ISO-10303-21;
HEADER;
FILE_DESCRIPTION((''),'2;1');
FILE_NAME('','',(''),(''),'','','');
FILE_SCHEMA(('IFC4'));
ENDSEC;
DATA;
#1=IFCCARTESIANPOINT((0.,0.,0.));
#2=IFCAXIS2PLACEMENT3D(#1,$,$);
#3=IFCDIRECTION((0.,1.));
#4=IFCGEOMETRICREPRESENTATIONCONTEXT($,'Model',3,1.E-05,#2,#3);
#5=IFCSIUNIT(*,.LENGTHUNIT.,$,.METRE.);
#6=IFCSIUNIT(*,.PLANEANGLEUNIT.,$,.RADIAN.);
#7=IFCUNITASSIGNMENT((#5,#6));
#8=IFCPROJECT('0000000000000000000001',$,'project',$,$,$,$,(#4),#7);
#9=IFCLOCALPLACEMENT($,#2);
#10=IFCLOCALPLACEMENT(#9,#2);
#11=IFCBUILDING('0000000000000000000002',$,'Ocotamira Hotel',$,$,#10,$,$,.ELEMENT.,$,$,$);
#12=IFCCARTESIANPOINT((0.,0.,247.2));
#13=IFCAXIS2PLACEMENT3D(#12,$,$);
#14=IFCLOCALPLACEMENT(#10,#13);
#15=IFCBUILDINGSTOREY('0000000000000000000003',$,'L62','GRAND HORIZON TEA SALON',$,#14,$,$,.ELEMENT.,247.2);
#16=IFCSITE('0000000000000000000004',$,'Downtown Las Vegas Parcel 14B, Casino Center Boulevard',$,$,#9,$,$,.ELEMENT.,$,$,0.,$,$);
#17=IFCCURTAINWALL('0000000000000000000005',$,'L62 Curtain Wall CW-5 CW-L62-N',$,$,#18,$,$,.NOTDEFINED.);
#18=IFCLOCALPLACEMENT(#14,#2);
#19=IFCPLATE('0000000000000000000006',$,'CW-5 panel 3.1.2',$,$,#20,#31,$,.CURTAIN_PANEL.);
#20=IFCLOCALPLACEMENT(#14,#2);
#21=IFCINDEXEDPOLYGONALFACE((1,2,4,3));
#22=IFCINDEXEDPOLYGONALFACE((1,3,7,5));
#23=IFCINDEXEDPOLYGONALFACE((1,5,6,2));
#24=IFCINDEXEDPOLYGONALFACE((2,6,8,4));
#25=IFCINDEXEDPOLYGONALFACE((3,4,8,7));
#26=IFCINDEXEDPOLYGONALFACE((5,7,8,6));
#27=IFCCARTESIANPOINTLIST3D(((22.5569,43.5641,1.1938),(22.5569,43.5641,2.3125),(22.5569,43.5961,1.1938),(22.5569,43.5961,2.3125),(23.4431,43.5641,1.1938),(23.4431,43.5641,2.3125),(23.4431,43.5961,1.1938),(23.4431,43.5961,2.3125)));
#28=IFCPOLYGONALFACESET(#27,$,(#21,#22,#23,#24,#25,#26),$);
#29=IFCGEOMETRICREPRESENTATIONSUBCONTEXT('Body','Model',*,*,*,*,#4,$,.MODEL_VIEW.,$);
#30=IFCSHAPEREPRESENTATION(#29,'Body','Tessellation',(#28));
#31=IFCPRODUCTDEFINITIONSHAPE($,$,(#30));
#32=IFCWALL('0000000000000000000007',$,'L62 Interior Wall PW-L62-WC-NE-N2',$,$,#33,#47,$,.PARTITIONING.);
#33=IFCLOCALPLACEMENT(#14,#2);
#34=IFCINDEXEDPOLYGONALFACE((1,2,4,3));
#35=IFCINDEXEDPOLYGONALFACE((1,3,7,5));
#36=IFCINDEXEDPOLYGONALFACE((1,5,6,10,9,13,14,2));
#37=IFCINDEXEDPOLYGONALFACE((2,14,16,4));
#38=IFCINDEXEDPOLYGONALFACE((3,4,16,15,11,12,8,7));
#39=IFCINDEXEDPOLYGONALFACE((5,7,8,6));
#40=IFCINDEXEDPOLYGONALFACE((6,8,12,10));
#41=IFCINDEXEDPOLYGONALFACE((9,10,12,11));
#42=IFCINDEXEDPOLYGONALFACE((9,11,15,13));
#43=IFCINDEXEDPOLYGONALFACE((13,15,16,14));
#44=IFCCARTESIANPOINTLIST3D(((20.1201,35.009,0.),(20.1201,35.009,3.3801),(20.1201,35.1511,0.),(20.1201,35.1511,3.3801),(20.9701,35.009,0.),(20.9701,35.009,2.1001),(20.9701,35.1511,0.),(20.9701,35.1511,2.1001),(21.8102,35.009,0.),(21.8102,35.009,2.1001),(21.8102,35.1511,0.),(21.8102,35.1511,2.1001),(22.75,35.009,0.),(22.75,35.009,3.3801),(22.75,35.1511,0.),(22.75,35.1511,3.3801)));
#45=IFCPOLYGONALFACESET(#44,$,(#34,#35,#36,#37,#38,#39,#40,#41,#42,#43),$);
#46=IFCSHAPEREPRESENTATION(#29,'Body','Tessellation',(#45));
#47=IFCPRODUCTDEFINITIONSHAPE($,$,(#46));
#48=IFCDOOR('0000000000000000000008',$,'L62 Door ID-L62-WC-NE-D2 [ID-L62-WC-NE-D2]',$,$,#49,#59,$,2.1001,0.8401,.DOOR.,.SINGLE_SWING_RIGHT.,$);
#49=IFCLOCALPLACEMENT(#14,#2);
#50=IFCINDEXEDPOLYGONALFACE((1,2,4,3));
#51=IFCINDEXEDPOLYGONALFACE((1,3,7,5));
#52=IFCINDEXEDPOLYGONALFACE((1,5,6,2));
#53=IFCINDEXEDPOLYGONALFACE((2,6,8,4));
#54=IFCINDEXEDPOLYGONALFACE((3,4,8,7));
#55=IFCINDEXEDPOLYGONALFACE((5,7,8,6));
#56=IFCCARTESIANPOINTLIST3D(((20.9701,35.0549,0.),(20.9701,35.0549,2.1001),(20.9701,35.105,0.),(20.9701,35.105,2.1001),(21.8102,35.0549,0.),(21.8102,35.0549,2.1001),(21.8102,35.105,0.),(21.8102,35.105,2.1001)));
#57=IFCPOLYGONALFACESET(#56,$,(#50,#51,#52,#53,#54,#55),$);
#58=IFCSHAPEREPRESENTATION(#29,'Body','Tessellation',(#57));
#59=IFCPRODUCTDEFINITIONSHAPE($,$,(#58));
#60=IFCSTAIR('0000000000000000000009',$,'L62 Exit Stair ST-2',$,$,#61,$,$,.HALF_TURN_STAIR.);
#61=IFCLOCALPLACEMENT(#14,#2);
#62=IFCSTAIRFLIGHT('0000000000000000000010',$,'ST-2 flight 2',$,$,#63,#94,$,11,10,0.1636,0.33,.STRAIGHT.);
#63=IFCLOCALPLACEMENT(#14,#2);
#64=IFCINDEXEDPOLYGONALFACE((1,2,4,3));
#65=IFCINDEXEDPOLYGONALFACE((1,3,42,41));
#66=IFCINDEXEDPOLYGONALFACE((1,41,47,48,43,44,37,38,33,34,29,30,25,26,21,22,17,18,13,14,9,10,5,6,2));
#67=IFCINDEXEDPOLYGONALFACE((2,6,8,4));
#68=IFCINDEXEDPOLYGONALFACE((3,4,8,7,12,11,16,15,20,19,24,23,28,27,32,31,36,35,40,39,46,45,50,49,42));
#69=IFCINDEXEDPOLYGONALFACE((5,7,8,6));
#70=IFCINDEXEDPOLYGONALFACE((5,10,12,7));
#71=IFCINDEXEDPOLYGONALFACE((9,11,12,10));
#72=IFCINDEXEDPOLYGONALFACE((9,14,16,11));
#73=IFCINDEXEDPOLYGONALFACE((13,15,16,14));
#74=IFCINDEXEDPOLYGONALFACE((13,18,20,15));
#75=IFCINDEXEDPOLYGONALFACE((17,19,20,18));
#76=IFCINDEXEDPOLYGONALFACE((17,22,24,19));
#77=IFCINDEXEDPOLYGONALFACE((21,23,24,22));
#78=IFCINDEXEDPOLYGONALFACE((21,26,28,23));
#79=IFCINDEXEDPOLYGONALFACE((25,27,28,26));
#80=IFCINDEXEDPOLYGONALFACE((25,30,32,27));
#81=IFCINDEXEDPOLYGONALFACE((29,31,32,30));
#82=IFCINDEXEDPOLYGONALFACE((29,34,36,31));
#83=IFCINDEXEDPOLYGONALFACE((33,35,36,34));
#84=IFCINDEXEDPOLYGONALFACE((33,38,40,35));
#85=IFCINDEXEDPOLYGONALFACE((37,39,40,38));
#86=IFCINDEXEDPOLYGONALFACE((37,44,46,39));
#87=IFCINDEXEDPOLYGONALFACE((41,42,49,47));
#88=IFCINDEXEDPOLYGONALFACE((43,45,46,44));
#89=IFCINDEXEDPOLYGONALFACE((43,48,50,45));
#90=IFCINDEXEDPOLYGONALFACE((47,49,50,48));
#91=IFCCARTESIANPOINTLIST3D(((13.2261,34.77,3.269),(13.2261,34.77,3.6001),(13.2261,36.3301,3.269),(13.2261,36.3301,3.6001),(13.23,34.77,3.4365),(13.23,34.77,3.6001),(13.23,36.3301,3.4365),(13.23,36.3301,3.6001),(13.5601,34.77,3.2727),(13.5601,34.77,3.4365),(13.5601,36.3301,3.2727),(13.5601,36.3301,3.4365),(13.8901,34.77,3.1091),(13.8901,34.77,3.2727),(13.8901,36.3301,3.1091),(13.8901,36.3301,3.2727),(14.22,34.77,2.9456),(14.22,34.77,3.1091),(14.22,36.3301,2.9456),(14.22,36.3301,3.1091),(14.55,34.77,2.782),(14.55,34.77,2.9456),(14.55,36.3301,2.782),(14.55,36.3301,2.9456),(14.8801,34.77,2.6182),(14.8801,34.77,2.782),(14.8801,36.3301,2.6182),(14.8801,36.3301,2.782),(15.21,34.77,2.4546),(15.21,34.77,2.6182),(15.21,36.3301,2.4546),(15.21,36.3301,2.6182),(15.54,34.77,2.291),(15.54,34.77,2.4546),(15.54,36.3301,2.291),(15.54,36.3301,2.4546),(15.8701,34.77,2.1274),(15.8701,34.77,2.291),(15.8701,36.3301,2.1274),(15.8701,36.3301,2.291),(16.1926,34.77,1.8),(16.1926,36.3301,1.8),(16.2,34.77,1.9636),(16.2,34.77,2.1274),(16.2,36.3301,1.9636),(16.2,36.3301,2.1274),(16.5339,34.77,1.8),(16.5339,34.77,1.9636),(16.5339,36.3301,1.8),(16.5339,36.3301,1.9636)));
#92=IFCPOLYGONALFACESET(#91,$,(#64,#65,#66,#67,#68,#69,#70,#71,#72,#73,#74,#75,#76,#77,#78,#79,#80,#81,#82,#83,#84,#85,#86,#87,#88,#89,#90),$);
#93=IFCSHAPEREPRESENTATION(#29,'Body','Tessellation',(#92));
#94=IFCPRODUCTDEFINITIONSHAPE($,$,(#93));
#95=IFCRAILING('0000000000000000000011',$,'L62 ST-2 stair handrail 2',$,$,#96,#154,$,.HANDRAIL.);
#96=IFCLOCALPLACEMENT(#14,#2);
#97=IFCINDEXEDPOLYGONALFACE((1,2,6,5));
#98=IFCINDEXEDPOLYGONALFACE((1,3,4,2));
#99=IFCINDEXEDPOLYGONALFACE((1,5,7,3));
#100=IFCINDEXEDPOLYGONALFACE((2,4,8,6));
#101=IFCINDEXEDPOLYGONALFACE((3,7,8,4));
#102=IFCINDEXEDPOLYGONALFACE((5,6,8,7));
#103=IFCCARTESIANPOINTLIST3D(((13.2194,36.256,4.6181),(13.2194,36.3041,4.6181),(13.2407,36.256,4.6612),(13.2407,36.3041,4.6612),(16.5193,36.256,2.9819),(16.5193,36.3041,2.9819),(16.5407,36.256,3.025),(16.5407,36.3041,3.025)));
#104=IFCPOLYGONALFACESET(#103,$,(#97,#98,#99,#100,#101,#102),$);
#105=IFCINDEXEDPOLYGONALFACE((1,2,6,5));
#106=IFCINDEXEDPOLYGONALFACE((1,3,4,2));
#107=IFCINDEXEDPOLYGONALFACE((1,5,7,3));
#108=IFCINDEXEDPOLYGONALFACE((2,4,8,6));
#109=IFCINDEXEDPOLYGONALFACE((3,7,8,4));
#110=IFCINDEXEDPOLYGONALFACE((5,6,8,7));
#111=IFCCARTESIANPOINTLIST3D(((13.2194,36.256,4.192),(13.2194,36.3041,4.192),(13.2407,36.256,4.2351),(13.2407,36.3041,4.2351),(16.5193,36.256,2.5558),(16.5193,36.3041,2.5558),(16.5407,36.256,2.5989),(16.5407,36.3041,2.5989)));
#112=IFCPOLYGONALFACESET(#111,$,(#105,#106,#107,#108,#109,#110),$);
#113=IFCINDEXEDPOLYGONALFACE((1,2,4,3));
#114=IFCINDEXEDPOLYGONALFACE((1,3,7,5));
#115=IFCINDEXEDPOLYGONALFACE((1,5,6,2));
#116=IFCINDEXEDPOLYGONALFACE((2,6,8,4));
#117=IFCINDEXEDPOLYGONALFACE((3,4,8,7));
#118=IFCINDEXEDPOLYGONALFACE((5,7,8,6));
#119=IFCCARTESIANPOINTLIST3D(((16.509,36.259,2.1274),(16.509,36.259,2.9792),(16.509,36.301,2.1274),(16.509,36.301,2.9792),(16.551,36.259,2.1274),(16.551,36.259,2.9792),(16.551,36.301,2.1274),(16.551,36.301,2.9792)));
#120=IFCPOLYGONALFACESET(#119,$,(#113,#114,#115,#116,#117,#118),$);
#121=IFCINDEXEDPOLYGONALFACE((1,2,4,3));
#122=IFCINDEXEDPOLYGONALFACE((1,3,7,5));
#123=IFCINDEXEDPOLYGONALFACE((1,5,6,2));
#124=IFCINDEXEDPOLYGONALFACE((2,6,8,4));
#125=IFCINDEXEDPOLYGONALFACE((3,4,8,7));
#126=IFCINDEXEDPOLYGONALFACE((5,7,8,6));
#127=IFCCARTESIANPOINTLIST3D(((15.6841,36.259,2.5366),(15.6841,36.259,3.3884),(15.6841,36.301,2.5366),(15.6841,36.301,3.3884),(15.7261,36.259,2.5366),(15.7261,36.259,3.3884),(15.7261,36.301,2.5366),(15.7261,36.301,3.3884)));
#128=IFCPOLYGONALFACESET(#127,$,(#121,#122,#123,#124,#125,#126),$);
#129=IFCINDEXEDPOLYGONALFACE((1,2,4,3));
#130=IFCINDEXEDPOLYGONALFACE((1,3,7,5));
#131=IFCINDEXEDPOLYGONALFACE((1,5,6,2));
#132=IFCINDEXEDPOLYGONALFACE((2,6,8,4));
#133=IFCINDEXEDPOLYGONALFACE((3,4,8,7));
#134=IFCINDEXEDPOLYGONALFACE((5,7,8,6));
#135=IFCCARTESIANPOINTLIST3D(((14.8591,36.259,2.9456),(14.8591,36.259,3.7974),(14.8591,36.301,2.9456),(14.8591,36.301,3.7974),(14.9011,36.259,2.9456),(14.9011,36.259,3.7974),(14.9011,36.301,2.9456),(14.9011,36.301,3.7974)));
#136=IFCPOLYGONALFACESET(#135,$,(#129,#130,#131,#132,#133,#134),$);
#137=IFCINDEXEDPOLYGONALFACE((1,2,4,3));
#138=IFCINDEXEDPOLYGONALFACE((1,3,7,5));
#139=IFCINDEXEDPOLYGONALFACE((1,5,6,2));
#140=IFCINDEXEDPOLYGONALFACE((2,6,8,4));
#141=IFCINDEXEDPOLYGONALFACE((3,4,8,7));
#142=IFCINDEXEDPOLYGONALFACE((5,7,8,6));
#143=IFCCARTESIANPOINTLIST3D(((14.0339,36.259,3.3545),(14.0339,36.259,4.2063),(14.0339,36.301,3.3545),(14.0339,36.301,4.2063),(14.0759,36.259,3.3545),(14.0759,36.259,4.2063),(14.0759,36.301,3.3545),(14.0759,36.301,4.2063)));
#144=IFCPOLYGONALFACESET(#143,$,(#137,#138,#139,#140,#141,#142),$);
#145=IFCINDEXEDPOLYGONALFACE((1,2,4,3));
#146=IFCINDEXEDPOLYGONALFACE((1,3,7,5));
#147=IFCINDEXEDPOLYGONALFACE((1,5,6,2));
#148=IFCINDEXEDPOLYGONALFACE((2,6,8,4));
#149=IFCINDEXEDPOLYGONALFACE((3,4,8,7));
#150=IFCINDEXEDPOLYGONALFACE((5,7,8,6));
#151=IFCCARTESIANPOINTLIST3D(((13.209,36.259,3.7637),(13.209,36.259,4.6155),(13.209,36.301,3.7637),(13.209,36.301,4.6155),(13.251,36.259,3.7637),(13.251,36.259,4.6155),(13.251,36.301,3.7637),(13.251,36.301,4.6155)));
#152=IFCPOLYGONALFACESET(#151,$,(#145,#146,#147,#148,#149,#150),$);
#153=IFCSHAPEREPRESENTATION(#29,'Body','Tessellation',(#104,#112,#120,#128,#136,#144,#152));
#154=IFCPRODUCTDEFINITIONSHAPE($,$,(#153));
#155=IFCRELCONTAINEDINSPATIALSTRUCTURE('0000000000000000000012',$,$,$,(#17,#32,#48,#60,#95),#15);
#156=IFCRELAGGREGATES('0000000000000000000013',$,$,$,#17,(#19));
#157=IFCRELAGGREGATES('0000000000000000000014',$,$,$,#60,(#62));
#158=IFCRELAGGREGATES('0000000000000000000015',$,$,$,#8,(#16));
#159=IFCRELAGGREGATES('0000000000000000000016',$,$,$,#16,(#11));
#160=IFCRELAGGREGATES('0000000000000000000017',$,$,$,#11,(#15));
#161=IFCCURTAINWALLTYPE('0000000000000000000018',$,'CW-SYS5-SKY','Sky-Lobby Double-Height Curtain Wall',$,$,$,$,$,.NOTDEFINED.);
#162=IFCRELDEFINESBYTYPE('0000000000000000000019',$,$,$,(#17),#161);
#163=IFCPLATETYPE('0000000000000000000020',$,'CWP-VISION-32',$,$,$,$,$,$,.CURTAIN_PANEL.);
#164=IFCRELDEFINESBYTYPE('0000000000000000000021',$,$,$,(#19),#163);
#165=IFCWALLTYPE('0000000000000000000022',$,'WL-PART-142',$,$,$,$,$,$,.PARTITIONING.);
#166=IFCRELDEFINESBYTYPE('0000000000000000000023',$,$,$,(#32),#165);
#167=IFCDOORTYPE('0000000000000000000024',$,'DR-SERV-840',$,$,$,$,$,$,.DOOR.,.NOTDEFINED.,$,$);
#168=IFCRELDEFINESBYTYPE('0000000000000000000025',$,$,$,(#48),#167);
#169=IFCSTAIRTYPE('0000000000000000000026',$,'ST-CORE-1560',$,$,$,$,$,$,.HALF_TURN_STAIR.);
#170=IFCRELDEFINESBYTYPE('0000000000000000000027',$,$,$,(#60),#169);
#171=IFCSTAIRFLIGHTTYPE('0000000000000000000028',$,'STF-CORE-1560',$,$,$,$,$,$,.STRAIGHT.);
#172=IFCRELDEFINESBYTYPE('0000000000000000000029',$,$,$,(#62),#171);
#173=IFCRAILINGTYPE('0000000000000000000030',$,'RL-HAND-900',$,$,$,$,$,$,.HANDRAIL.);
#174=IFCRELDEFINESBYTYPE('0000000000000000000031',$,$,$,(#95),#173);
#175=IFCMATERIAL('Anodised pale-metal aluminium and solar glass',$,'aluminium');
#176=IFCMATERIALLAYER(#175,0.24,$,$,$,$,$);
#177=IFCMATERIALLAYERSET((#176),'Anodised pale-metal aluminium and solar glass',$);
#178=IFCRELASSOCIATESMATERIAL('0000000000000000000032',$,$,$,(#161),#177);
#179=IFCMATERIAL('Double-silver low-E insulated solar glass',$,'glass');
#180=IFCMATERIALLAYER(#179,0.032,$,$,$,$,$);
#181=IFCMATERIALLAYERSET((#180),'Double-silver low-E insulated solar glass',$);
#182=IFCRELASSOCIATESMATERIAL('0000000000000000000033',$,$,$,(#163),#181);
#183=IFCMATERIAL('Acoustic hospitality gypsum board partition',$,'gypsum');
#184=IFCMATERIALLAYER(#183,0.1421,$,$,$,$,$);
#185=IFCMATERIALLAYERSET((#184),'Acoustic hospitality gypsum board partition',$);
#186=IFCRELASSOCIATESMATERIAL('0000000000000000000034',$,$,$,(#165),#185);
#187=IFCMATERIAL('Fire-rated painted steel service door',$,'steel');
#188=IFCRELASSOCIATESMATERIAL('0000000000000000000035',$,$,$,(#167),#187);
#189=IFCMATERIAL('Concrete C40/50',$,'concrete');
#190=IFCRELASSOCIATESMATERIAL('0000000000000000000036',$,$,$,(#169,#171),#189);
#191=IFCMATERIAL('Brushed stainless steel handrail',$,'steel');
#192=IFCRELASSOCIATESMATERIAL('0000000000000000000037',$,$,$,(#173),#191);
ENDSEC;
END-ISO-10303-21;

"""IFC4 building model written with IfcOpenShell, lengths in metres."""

from ifc_helpers import new_model, si_unit, direction, frame, frame_2d, origin, origin_2d, place, context, subcontext, project, spatial, polyline, rectangle, outline, extrude, source, transform, mapped, material, layer, layer_set, type_object, element, fill, aggregate, save


model = new_model("IFC4")

# Units and contexts
model_context = context("Model", 3, precision=1e-05, world=origin(), true_north=direction((0.0, 1.0)))
body_context = subcontext(model_context, "Body", "Model", "MODEL_VIEW")
ifc_project = project(units=[si_unit("LENGTHUNIT", "METRE"), si_unit("PLANEANGLEUNIT", "RADIAN")], contexts=[model_context])

# Site, building, storey
site_placement = place(None, origin())
site = spatial("IfcSite", under=ifc_project, at=site_placement, Name="Downtown Las Vegas Parcel 14B, Casino Center Boulevard", CompositionType="ELEMENT", RefElevation=0.0)
building_placement = place(site_placement, origin())
building = spatial("IfcBuilding", under=site, at=building_placement, Name="Ocotamira Hotel", CompositionType="ELEMENT")
storey_placement = place(building_placement, frame((0.0, 0.0, 247.2)))
storey = spatial("IfcBuildingStorey", under=building, at=storey_placement, Name="L62", Description="GRAND HORIZON TEA SALON", CompositionType="ELEMENT", Elevation=247.2)

# Curtain wall
ifc_material_1 = material(Name="Anodised pale-metal aluminium and solar glass", Category="aluminium")
ifc_layer_1 = layer(ifc_material_1, 0.24)
ifc_layer_set_1 = layer_set([ifc_layer_1], Name="Anodised pale-metal aluminium and solar glass")
curtain_wall_type = type_object("IfcCurtainWallType", Name="CW-SYS5-SKY", Description="Sky-Lobby Double-Height Curtain Wall", PredefinedType="NOTDEFINED", material=ifc_layer_set_1)
curtain_wall_placement = place(storey_placement, origin())
curtain_wall = element("IfcCurtainWall", 1, at=curtain_wall_placement, inside=storey, type_object=curtain_wall_type, Name="L62 Curtain Wall CW-5 CW-L62-N", PredefinedType="NOTDEFINED")

# Plate
ifc_material_2 = material(Name="Double-silver low-E insulated solar glass", Category="glass")
ifc_layer_2 = layer(ifc_material_2, 0.032)
ifc_layer_set_2 = layer_set([ifc_layer_2], Name="Double-silver low-E insulated solar glass")
plate_type_1 = type_object("IfcPlateType", Name="CWP-VISION-32", PredefinedType="CURTAIN_PANEL", material=ifc_layer_set_2)
shared_shape_1 = source(origin(), body_context, "Body", "SweptSolid", [
    extrude(rectangle(XDim=0.8862, YDim=0.032, at=origin_2d()), origin(), (0.0, 0.0, 1.0), 1.1187),
])
plate_1_placement = place(storey_placement, frame((23.0, 43.5801, 1.1938), z_axis=(0.0, 0.0, 1.0), x_axis=(1.0, 0.0, 0.0)))
plate_1 = element("IfcPlate", 2, at=plate_1_placement, type_object=plate_type_1, Name="CW-5 panel 3.1.2", PredefinedType="CURTAIN_PANEL", context=body_context, shape_type="MappedRepresentation", body=[
    mapped(shared_shape_1, transform((0.0, 0.0, 0.0), scale=1.0)),
])
aggregate(curtain_wall, [plate_1])

# Wall, opening, door
ifc_material_3 = material(Name="Acoustic hospitality gypsum board partition", Category="gypsum")
ifc_layer_3 = layer(ifc_material_3, 0.1421)
ifc_layer_set_3 = layer_set([ifc_layer_3], Name="Acoustic hospitality gypsum board partition")
wall_type = type_object("IfcWallType", Name="WL-PART-142", PredefinedType="PARTITIONING", material=ifc_layer_set_3)
wall_placement = place(storey_placement, frame((20.1201, 35.0801, 0.0), z_axis=(0.0, 0.0, 1.0), x_axis=(1.0, 0.0, 0.0)))
wall = element("IfcWall", 3, at=wall_placement, inside=storey, type_object=wall_type, Name="L62 Interior Wall PW-L62-WC-NE-N2", PredefinedType="PARTITIONING", context=body_context, shape_type="SweptSolid", body=[
    extrude(rectangle(XDim=2.6299, YDim=0.1421, at=frame_2d((1.3149, 0.0))), origin(), (0.0, 0.0, 1.0), 3.3801),
])
opening_placement = place(wall_placement, frame((0.8501, 0.0, 0.0)))
opening = element("IfcOpeningElement", 4, at=opening_placement, cuts=wall, PredefinedType="OPENING", context=body_context, shape_type="SweptSolid", body=[
    extrude(rectangle(XDim=0.8401, YDim=2.1001, at=frame_2d((0.4199, 1.05))), frame((0.0, 0.0811, 0.0), z_axis=(0.0, -1.0, 0.0), x_axis=(1.0, 0.0, 0.0)), (0.0, 0.0, 1.0), 0.1621),
])
ifc_material_4 = material(Name="Fire-rated painted steel service door", Category="steel")
door_type = type_object("IfcDoorType", Name="DR-SERV-840", OperationType="NOTDEFINED", PredefinedType="DOOR", material=ifc_material_4)
shared_shape_2 = source(origin(), body_context, "Body", "SweptSolid", [
    extrude(rectangle(XDim=0.8401, YDim=2.1001, at=frame_2d((0.4199, 1.05))), frame((0.0, 0.0249, 0.0), z_axis=(0.0, -1.0, 0.0), x_axis=(1.0, 0.0, 0.0)), (0.0, 0.0, 1.0), 0.05),
])
door_placement = place(opening_placement, origin())
door = element("IfcDoor", 5, at=door_placement, inside=storey, type_object=door_type, Name="L62 Door ID-L62-WC-NE-D2 [ID-L62-WC-NE-D2]", OperationType="SINGLE_SWING_RIGHT", OverallHeight=2.1001, OverallWidth=0.8401, PredefinedType="DOOR", context=body_context, shape_type="MappedRepresentation", body=[
    mapped(shared_shape_2, transform((0.0, 0.0, 0.0), scale=1.0)),
])
fill(opening, door)

# Stair, stair flight
ifc_material_5 = material(Name="Concrete C40/50", Category="concrete")
stair_type = type_object("IfcStairType", Name="ST-CORE-1560", PredefinedType="HALF_TURN_STAIR", material=ifc_material_5)
stair_placement = place(storey_placement, origin())
stair = element("IfcStair", 6, at=stair_placement, inside=storey, type_object=stair_type, Name="L62 Exit Stair ST-2", PredefinedType="HALF_TURN_STAIR")
stair_flight_type = type_object("IfcStairFlightType", Name="STF-CORE-1560", PredefinedType="STRAIGHT", material=ifc_material_5)
shared_shape_3 = source(origin(), body_context, "Body", "SweptSolid", [
    extrude(outline(polyline([(-0.0039, 0.0), (-0.0039, 0.1636), (0.3301, 0.1636), (0.3301, 0.3274), (0.6599, 0.3274), (0.6599, 0.491), (0.99, 0.491), (0.99, 0.6545), (1.3201, 0.6545), (1.3201, 0.8181), (1.6499, 0.8181), (1.6499, 0.9819), (1.98, 0.9819), (1.98, 1.1455), (2.3101, 1.1455), (2.3101, 1.3091), (2.6399, 1.3091), (2.6399, 1.4727), (2.97, 1.4727), (2.97, 1.6365), (3.3, 1.6365), (3.3, 1.8), (3.304, 1.8), (3.304, 1.469), (0.3374, 0.0), (-0.0039, 0.0)])), frame((0.0, 0.78, 0.0), z_axis=(0.0, -1.0, 0.0), x_axis=(1.0, 0.0, 0.0)), (0.0, 0.0, 1.0), 1.5601),
])
stair_flight_placement = place(storey_placement, frame((16.53, 35.55, 1.8), z_axis=(0.0, 0.0, 1.0), x_axis=(-1.0, 0.0, 0.0)))
stair_flight = element("IfcStairFlight", 7, at=stair_flight_placement, type_object=stair_flight_type, Name="ST-2 flight 2", NumberOfRisers=11, NumberOfTreads=10, PredefinedType="STRAIGHT", RiserHeight=0.1636, TreadLength=0.33, context=body_context, shape_type="MappedRepresentation", body=[
    mapped(shared_shape_3, transform((0.0, 0.0, 0.0), scale=1.0)),
])
aggregate(stair, [stair_flight])

# Railing
ifc_material_6 = material(Name="Brushed stainless steel handrail", Category="steel")
railing_type = type_object("IfcRailingType", Name="RL-HAND-900", PredefinedType="HANDRAIL", material=ifc_material_6)
railing_placement = place(storey_placement, frame((16.53, 36.28, 2.1274)))
element("IfcRailing", 8, at=railing_placement, inside=storey, type_object=railing_type, Name="L62 ST-2 stair handrail 2", PredefinedType="HANDRAIL", context=body_context, shape_type="SweptSolid", body=[
    extrude(rectangle(XDim=0.0481, YDim=0.0481, at=origin_2d()), frame((0.0, 0.0, 0.876), z_axis=(-0.89592, 0.0, 0.444215), x_axis=(0.0, -1.0, 0.0)), (0.0, 0.0, 1.0), 3.6833),
    extrude(rectangle(XDim=0.0481, YDim=0.0481, at=origin_2d()), frame((0.0, 0.0, 0.45), z_axis=(-0.89592, 0.0, 0.444215), x_axis=(0.0, -1.0, 0.0)), (0.0, 0.0, 1.0), 3.6833),
    extrude(rectangle(XDim=0.042, YDim=0.042, at=origin_2d()), origin(), (0.0, 0.0, 1.0), 0.8518),
    extrude(rectangle(XDim=0.042, YDim=0.042, at=origin_2d()), frame((-0.825, 0.0, 0.4092)), (0.0, 0.0, 1.0), 0.8518),
    extrude(rectangle(XDim=0.042, YDim=0.042, at=origin_2d()), frame((-1.6499, 0.0, 0.8181)), (0.0, 0.0, 1.0), 0.8518),
    extrude(rectangle(XDim=0.042, YDim=0.042, at=origin_2d()), frame((-2.4751, 0.0, 1.2271)), (0.0, 0.0, 1.0), 0.8518),
    extrude(rectangle(XDim=0.042, YDim=0.042, at=origin_2d()), frame((-3.3, 0.0, 1.6362)), (0.0, 0.0, 1.0), 0.8518),
])

save(model, "model.ifc")
